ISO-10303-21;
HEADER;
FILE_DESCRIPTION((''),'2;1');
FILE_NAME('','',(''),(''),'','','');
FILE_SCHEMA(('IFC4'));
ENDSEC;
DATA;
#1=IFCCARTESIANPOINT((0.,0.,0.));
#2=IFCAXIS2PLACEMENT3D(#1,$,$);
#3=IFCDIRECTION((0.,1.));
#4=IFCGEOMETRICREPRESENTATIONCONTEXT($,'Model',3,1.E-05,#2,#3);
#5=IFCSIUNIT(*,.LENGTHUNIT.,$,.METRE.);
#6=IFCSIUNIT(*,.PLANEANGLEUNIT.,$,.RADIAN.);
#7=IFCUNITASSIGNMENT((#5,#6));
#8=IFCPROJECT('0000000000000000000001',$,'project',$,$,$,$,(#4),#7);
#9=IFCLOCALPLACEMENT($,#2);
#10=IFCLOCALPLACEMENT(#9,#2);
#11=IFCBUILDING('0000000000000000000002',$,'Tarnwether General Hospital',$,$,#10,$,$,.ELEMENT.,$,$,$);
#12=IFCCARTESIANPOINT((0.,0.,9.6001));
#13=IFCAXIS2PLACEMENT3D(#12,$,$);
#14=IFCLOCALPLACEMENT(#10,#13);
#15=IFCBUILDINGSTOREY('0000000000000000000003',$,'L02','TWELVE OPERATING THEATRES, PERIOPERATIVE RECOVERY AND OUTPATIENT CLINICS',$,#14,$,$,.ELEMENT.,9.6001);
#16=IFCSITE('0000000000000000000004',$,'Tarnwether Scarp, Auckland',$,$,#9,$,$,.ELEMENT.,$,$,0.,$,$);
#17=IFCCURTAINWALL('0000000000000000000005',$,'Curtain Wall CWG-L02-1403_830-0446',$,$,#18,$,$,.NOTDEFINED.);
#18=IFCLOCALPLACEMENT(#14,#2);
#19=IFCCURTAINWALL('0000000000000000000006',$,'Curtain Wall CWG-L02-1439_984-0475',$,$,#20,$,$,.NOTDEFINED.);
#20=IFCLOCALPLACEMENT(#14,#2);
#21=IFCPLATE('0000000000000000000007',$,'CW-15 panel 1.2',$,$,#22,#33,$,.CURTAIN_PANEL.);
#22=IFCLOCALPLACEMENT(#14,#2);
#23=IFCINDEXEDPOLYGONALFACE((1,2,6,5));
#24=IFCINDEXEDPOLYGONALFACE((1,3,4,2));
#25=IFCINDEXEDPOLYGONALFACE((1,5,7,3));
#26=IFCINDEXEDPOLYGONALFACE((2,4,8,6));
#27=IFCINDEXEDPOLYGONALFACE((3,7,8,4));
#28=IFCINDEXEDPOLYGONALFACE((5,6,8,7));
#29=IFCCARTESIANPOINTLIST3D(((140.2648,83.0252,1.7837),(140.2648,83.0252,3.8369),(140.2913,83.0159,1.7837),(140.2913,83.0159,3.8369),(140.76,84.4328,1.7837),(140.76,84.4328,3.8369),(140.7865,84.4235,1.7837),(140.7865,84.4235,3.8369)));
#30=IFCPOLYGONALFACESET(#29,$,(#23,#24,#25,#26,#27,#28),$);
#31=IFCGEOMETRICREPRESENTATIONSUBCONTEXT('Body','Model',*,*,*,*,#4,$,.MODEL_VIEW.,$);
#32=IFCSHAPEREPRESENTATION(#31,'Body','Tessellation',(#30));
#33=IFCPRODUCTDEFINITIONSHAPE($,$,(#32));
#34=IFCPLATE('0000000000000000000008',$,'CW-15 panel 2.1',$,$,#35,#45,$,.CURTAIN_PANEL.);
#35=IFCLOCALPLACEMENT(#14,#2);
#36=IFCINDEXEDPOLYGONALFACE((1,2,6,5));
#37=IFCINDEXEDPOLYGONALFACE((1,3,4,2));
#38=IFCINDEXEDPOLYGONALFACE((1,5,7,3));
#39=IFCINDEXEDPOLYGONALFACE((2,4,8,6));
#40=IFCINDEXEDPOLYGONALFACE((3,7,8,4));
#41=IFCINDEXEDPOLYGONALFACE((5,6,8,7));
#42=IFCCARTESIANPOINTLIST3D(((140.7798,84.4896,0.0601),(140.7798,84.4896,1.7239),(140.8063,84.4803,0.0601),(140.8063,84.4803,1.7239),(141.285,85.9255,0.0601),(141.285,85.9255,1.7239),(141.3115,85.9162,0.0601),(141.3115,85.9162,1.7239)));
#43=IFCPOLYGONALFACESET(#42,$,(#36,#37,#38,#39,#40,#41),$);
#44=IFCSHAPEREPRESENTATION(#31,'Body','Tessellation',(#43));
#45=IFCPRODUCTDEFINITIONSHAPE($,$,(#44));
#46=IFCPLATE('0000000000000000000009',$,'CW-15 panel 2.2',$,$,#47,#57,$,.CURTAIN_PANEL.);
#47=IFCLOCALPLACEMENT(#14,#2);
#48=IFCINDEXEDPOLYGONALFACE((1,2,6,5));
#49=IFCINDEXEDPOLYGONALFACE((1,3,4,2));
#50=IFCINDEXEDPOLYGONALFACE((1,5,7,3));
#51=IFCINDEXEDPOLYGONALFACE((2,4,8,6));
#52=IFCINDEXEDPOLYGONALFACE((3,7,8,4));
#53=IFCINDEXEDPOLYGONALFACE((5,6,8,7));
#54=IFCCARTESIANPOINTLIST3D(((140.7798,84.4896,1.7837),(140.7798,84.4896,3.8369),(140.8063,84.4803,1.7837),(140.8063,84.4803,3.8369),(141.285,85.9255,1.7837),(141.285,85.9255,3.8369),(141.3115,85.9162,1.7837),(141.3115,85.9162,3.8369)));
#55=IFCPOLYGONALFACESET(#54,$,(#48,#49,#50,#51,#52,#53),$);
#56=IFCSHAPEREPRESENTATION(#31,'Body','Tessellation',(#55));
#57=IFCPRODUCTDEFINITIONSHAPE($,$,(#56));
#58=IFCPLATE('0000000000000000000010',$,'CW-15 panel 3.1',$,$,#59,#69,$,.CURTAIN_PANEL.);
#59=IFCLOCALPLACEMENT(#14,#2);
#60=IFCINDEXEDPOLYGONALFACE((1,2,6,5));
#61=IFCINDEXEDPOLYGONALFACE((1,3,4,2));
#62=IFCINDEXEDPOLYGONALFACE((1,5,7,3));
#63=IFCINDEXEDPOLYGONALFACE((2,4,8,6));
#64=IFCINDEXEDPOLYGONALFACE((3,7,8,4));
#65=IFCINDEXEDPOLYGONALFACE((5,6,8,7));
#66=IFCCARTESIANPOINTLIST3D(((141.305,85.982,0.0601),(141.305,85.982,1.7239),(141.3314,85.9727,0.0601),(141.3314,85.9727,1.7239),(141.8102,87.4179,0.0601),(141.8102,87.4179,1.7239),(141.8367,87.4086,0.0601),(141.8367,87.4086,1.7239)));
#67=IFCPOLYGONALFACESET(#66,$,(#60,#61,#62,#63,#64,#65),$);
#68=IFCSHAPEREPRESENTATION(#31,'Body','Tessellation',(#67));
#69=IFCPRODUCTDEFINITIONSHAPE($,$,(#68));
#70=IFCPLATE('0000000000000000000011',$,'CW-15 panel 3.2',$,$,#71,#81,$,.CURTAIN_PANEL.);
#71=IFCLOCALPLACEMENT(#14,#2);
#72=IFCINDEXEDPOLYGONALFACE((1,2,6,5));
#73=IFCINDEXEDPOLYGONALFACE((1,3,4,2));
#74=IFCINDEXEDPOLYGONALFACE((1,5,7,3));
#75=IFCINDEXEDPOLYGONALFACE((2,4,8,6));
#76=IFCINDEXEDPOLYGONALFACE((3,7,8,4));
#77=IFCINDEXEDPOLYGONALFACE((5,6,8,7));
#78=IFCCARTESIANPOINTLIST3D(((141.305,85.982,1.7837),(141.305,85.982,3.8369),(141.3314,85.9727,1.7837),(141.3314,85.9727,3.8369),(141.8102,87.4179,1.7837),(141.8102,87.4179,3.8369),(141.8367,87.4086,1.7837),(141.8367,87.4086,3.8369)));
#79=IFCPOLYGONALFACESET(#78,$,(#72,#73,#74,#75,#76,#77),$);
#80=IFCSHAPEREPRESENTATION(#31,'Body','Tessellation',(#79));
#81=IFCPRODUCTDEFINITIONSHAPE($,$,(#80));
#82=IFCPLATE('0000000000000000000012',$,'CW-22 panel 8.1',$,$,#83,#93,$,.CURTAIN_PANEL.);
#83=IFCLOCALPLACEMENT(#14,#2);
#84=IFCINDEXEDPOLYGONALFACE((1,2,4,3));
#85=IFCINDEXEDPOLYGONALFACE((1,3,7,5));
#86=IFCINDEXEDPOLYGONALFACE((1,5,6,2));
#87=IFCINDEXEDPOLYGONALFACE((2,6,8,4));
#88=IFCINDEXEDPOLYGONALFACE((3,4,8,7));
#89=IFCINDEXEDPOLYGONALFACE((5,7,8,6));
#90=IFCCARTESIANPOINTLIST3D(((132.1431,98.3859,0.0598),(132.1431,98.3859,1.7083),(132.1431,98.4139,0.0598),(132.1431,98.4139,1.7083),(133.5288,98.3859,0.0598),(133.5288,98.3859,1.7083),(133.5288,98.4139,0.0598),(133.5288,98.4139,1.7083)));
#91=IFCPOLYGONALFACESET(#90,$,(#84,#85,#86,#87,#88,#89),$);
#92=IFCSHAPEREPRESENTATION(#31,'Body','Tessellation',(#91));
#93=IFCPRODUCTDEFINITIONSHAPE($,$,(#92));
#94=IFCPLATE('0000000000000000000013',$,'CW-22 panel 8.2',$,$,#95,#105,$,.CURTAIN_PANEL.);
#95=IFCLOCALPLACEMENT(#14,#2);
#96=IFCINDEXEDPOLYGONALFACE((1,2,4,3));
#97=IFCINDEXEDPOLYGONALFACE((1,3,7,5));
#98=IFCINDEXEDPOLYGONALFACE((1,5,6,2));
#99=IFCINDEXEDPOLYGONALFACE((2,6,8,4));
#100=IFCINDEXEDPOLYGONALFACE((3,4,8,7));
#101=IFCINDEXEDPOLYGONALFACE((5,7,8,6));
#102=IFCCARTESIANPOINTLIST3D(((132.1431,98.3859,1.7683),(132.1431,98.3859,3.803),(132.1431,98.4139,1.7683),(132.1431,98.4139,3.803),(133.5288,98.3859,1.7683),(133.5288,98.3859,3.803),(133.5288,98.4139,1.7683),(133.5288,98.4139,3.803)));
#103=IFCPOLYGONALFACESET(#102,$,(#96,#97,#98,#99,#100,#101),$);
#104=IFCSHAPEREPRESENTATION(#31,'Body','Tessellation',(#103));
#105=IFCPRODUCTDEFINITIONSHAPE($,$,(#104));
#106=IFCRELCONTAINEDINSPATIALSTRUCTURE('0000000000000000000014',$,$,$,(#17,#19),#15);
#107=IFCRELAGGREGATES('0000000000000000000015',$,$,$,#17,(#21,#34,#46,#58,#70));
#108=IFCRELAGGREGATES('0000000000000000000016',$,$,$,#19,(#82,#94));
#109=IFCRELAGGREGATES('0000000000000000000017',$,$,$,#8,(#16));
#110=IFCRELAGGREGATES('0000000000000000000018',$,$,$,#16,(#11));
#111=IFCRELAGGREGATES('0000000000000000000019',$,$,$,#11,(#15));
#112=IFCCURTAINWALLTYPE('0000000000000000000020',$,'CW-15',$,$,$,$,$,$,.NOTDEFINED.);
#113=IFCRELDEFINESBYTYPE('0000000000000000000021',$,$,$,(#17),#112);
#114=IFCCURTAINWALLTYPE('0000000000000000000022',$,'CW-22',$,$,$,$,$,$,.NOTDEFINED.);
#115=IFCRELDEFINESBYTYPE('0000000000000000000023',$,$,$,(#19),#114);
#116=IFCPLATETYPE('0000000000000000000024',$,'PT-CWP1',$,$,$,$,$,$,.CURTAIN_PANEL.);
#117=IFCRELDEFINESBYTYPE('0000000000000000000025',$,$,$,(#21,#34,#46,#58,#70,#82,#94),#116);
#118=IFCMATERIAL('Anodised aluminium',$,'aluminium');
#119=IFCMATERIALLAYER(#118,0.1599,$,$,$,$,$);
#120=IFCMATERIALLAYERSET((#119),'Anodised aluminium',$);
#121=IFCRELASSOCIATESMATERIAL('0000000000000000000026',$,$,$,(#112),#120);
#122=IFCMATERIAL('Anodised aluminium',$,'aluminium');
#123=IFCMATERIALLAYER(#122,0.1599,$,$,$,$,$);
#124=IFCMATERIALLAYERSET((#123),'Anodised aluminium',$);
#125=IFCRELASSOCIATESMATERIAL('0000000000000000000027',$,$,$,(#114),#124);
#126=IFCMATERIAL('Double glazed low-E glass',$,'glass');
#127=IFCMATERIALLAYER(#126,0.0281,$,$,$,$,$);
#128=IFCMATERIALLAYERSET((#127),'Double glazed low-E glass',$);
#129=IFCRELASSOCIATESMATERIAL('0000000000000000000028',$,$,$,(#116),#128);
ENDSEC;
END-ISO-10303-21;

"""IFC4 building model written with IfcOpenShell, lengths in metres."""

from ifc_helpers import new_model, si_unit, direction, frame, origin, origin_2d, place, context, subcontext, project, spatial, rectangle, extrude, material, layer, layer_set, type_object, element, aggregate, save


model = new_model("IFC4")

# Units and contexts
model_context = context("Model", 3, precision=1e-05, world=origin(), true_north=direction((0.0, 1.0)))
body_context = subcontext(model_context, "Body", "Model", "MODEL_VIEW")
ifc_project = project(units=[si_unit("LENGTHUNIT", "METRE"), si_unit("PLANEANGLEUNIT", "RADIAN")], contexts=[model_context])

# Site, building, storey
site_placement = place(None, origin())
site = spatial("IfcSite", under=ifc_project, at=site_placement, Name="Tarnwether Scarp, Auckland", CompositionType="ELEMENT", RefElevation=0.0)
building_placement = place(site_placement, origin())
building = spatial("IfcBuilding", under=site, at=building_placement, Name="Tarnwether General Hospital", CompositionType="ELEMENT")
storey_placement = place(building_placement, frame((0.0, 0.0, 9.6001)))
storey = spatial("IfcBuildingStorey", under=building, at=storey_placement, Name="L02", Description="TWELVE OPERATING THEATRES, PERIOPERATIVE RECOVERY AND OUTPATIENT CLINICS", CompositionType="ELEMENT", Elevation=9.6001)

# Shared definitions
ifc_material_1 = material(Name="Anodised aluminium", Category="aluminium")
ifc_layer_1 = layer(ifc_material_1, 0.1599)
ifc_layer_set_1 = layer_set([ifc_layer_1], Name="Anodised aluminium")
curtain_wall_type_1 = type_object("IfcCurtainWallType", Name="CW-15", PredefinedType="NOTDEFINED", material=ifc_layer_set_1)

# Curtain wall
curtain_wall_1_placement = place(storey_placement, origin())
curtain_wall_1 = element("IfcCurtainWall", 1, at=curtain_wall_1_placement, inside=storey, type_object=curtain_wall_type_1, Name="Curtain Wall CWG-L02-1403_830-0446", PredefinedType="NOTDEFINED")

# Curtain wall
ifc_material_2 = material(Name="Anodised aluminium", Category="aluminium")
ifc_layer_2 = layer(ifc_material_2, 0.1599)
ifc_layer_set_2 = layer_set([ifc_layer_2], Name="Anodised aluminium")
curtain_wall_type_2 = type_object("IfcCurtainWallType", Name="CW-22", PredefinedType="NOTDEFINED", material=ifc_layer_set_2)
curtain_wall_2_placement = place(storey_placement, origin())
curtain_wall_2 = element("IfcCurtainWall", 2, at=curtain_wall_2_placement, inside=storey, type_object=curtain_wall_type_2, Name="Curtain Wall CWG-L02-1439_984-0475", PredefinedType="NOTDEFINED")

# Plates
ifc_material_3 = material(Name="Double glazed low-E glass", Category="glass")
ifc_layer_3 = layer(ifc_material_3, 0.0281)
ifc_layer_set_3 = layer_set([ifc_layer_3], Name="Double glazed low-E glass")
plate_type = type_object("IfcPlateType", Name="PT-CWP1", PredefinedType="CURTAIN_PANEL", material=ifc_layer_set_3)
plate_1_placement = place(storey_placement, frame((140.5256, 83.7244, 1.7837), z_axis=(0.0, 0.0, 1.0), x_axis=(0.331894, 0.943317, 0.0)))
plate_1 = element("IfcPlate", 3, at=plate_1_placement, type_object=plate_type, Name="CW-15 panel 1.2", PredefinedType="CURTAIN_PANEL", context=body_context, shape_type="SweptSolid", body=[
    extrude(rectangle(XDim=1.4922, YDim=0.0281, at=origin_2d()), origin(), (0.0, 0.0, 1.0), 2.0532),
])
plate_2_placement = place(storey_placement, frame((141.0457, 85.2029, 0.0601), z_axis=(0.0, 0.0, 1.0), x_axis=(0.331894, 0.943317, 0.0)))
plate_2 = element("IfcPlate", 4, at=plate_2_placement, type_object=plate_type, Name="CW-15 panel 2.1", PredefinedType="CURTAIN_PANEL", context=body_context, shape_type="SweptSolid", body=[
    extrude(rectangle(XDim=1.5222, YDim=0.0281, at=origin_2d()), origin(), (0.0, 0.0, 1.0), 1.6638),
])
plate_3_placement = place(storey_placement, frame((141.0457, 85.2029, 1.7837), z_axis=(0.0, 0.0, 1.0), x_axis=(0.331894, 0.943317, 0.0)))
plate_3 = element("IfcPlate", 5, at=plate_3_placement, type_object=plate_type, Name="CW-15 panel 2.2", PredefinedType="CURTAIN_PANEL", context=body_context, shape_type="SweptSolid", body=[
    extrude(rectangle(XDim=1.5222, YDim=0.0281, at=origin_2d()), origin(), (0.0, 0.0, 1.0), 2.0532),
])
plate_4_placement = place(storey_placement, frame((141.5708, 86.6953, 0.0601), z_axis=(0.0, 0.0, 1.0), x_axis=(0.331894, 0.943317, 0.0)))
plate_4 = element("IfcPlate", 6, at=plate_4_placement, type_object=plate_type, Name="CW-15 panel 3.1", PredefinedType="CURTAIN_PANEL", context=body_context, shape_type="SweptSolid", body=[
    extrude(rectangle(XDim=1.5222, YDim=0.0281, at=origin_2d()), origin(), (0.0, 0.0, 1.0), 1.6638),
])
plate_5_placement = place(storey_placement, frame((141.5708, 86.6953, 1.7837), z_axis=(0.0, 0.0, 1.0), x_axis=(0.331894, 0.943317, 0.0)))
plate_5 = element("IfcPlate", 7, at=plate_5_placement, type_object=plate_type, Name="CW-15 panel 3.2", PredefinedType="CURTAIN_PANEL", context=body_context, shape_type="SweptSolid", body=[
    extrude(rectangle(XDim=1.5222, YDim=0.0281, at=origin_2d()), origin(), (0.0, 0.0, 1.0), 2.0532),
])
aggregate(curtain_wall_1, [plate_1, plate_2, plate_3, plate_4, plate_5])
plate_6_placement = place(storey_placement, frame((132.8359, 98.3999, 0.0598), z_axis=(0.0, 0.0, 1.0), x_axis=(-1.0, 0.0, 0.0)))
plate_6 = element("IfcPlate", 8, at=plate_6_placement, type_object=plate_type, Name="CW-22 panel 8.1", PredefinedType="CURTAIN_PANEL", context=body_context, shape_type="SweptSolid", body=[
    extrude(rectangle(XDim=1.3857, YDim=0.0281, at=origin_2d()), origin(), (0.0, 0.0, 1.0), 1.6484),
])
plate_7_placement = place(storey_placement, frame((132.8359, 98.3999, 1.7683), z_axis=(0.0, 0.0, 1.0), x_axis=(-1.0, 0.0, 0.0)))
plate_7 = element("IfcPlate", 9, at=plate_7_placement, type_object=plate_type, Name="CW-22 panel 8.2", PredefinedType="CURTAIN_PANEL", context=body_context, shape_type="SweptSolid", body=[
    extrude(rectangle(XDim=1.3857, YDim=0.0281, at=origin_2d()), origin(), (0.0, 0.0, 1.0), 2.0347),
])
aggregate(curtain_wall_2, [plate_6, plate_7])

save(model, "model.ifc")
